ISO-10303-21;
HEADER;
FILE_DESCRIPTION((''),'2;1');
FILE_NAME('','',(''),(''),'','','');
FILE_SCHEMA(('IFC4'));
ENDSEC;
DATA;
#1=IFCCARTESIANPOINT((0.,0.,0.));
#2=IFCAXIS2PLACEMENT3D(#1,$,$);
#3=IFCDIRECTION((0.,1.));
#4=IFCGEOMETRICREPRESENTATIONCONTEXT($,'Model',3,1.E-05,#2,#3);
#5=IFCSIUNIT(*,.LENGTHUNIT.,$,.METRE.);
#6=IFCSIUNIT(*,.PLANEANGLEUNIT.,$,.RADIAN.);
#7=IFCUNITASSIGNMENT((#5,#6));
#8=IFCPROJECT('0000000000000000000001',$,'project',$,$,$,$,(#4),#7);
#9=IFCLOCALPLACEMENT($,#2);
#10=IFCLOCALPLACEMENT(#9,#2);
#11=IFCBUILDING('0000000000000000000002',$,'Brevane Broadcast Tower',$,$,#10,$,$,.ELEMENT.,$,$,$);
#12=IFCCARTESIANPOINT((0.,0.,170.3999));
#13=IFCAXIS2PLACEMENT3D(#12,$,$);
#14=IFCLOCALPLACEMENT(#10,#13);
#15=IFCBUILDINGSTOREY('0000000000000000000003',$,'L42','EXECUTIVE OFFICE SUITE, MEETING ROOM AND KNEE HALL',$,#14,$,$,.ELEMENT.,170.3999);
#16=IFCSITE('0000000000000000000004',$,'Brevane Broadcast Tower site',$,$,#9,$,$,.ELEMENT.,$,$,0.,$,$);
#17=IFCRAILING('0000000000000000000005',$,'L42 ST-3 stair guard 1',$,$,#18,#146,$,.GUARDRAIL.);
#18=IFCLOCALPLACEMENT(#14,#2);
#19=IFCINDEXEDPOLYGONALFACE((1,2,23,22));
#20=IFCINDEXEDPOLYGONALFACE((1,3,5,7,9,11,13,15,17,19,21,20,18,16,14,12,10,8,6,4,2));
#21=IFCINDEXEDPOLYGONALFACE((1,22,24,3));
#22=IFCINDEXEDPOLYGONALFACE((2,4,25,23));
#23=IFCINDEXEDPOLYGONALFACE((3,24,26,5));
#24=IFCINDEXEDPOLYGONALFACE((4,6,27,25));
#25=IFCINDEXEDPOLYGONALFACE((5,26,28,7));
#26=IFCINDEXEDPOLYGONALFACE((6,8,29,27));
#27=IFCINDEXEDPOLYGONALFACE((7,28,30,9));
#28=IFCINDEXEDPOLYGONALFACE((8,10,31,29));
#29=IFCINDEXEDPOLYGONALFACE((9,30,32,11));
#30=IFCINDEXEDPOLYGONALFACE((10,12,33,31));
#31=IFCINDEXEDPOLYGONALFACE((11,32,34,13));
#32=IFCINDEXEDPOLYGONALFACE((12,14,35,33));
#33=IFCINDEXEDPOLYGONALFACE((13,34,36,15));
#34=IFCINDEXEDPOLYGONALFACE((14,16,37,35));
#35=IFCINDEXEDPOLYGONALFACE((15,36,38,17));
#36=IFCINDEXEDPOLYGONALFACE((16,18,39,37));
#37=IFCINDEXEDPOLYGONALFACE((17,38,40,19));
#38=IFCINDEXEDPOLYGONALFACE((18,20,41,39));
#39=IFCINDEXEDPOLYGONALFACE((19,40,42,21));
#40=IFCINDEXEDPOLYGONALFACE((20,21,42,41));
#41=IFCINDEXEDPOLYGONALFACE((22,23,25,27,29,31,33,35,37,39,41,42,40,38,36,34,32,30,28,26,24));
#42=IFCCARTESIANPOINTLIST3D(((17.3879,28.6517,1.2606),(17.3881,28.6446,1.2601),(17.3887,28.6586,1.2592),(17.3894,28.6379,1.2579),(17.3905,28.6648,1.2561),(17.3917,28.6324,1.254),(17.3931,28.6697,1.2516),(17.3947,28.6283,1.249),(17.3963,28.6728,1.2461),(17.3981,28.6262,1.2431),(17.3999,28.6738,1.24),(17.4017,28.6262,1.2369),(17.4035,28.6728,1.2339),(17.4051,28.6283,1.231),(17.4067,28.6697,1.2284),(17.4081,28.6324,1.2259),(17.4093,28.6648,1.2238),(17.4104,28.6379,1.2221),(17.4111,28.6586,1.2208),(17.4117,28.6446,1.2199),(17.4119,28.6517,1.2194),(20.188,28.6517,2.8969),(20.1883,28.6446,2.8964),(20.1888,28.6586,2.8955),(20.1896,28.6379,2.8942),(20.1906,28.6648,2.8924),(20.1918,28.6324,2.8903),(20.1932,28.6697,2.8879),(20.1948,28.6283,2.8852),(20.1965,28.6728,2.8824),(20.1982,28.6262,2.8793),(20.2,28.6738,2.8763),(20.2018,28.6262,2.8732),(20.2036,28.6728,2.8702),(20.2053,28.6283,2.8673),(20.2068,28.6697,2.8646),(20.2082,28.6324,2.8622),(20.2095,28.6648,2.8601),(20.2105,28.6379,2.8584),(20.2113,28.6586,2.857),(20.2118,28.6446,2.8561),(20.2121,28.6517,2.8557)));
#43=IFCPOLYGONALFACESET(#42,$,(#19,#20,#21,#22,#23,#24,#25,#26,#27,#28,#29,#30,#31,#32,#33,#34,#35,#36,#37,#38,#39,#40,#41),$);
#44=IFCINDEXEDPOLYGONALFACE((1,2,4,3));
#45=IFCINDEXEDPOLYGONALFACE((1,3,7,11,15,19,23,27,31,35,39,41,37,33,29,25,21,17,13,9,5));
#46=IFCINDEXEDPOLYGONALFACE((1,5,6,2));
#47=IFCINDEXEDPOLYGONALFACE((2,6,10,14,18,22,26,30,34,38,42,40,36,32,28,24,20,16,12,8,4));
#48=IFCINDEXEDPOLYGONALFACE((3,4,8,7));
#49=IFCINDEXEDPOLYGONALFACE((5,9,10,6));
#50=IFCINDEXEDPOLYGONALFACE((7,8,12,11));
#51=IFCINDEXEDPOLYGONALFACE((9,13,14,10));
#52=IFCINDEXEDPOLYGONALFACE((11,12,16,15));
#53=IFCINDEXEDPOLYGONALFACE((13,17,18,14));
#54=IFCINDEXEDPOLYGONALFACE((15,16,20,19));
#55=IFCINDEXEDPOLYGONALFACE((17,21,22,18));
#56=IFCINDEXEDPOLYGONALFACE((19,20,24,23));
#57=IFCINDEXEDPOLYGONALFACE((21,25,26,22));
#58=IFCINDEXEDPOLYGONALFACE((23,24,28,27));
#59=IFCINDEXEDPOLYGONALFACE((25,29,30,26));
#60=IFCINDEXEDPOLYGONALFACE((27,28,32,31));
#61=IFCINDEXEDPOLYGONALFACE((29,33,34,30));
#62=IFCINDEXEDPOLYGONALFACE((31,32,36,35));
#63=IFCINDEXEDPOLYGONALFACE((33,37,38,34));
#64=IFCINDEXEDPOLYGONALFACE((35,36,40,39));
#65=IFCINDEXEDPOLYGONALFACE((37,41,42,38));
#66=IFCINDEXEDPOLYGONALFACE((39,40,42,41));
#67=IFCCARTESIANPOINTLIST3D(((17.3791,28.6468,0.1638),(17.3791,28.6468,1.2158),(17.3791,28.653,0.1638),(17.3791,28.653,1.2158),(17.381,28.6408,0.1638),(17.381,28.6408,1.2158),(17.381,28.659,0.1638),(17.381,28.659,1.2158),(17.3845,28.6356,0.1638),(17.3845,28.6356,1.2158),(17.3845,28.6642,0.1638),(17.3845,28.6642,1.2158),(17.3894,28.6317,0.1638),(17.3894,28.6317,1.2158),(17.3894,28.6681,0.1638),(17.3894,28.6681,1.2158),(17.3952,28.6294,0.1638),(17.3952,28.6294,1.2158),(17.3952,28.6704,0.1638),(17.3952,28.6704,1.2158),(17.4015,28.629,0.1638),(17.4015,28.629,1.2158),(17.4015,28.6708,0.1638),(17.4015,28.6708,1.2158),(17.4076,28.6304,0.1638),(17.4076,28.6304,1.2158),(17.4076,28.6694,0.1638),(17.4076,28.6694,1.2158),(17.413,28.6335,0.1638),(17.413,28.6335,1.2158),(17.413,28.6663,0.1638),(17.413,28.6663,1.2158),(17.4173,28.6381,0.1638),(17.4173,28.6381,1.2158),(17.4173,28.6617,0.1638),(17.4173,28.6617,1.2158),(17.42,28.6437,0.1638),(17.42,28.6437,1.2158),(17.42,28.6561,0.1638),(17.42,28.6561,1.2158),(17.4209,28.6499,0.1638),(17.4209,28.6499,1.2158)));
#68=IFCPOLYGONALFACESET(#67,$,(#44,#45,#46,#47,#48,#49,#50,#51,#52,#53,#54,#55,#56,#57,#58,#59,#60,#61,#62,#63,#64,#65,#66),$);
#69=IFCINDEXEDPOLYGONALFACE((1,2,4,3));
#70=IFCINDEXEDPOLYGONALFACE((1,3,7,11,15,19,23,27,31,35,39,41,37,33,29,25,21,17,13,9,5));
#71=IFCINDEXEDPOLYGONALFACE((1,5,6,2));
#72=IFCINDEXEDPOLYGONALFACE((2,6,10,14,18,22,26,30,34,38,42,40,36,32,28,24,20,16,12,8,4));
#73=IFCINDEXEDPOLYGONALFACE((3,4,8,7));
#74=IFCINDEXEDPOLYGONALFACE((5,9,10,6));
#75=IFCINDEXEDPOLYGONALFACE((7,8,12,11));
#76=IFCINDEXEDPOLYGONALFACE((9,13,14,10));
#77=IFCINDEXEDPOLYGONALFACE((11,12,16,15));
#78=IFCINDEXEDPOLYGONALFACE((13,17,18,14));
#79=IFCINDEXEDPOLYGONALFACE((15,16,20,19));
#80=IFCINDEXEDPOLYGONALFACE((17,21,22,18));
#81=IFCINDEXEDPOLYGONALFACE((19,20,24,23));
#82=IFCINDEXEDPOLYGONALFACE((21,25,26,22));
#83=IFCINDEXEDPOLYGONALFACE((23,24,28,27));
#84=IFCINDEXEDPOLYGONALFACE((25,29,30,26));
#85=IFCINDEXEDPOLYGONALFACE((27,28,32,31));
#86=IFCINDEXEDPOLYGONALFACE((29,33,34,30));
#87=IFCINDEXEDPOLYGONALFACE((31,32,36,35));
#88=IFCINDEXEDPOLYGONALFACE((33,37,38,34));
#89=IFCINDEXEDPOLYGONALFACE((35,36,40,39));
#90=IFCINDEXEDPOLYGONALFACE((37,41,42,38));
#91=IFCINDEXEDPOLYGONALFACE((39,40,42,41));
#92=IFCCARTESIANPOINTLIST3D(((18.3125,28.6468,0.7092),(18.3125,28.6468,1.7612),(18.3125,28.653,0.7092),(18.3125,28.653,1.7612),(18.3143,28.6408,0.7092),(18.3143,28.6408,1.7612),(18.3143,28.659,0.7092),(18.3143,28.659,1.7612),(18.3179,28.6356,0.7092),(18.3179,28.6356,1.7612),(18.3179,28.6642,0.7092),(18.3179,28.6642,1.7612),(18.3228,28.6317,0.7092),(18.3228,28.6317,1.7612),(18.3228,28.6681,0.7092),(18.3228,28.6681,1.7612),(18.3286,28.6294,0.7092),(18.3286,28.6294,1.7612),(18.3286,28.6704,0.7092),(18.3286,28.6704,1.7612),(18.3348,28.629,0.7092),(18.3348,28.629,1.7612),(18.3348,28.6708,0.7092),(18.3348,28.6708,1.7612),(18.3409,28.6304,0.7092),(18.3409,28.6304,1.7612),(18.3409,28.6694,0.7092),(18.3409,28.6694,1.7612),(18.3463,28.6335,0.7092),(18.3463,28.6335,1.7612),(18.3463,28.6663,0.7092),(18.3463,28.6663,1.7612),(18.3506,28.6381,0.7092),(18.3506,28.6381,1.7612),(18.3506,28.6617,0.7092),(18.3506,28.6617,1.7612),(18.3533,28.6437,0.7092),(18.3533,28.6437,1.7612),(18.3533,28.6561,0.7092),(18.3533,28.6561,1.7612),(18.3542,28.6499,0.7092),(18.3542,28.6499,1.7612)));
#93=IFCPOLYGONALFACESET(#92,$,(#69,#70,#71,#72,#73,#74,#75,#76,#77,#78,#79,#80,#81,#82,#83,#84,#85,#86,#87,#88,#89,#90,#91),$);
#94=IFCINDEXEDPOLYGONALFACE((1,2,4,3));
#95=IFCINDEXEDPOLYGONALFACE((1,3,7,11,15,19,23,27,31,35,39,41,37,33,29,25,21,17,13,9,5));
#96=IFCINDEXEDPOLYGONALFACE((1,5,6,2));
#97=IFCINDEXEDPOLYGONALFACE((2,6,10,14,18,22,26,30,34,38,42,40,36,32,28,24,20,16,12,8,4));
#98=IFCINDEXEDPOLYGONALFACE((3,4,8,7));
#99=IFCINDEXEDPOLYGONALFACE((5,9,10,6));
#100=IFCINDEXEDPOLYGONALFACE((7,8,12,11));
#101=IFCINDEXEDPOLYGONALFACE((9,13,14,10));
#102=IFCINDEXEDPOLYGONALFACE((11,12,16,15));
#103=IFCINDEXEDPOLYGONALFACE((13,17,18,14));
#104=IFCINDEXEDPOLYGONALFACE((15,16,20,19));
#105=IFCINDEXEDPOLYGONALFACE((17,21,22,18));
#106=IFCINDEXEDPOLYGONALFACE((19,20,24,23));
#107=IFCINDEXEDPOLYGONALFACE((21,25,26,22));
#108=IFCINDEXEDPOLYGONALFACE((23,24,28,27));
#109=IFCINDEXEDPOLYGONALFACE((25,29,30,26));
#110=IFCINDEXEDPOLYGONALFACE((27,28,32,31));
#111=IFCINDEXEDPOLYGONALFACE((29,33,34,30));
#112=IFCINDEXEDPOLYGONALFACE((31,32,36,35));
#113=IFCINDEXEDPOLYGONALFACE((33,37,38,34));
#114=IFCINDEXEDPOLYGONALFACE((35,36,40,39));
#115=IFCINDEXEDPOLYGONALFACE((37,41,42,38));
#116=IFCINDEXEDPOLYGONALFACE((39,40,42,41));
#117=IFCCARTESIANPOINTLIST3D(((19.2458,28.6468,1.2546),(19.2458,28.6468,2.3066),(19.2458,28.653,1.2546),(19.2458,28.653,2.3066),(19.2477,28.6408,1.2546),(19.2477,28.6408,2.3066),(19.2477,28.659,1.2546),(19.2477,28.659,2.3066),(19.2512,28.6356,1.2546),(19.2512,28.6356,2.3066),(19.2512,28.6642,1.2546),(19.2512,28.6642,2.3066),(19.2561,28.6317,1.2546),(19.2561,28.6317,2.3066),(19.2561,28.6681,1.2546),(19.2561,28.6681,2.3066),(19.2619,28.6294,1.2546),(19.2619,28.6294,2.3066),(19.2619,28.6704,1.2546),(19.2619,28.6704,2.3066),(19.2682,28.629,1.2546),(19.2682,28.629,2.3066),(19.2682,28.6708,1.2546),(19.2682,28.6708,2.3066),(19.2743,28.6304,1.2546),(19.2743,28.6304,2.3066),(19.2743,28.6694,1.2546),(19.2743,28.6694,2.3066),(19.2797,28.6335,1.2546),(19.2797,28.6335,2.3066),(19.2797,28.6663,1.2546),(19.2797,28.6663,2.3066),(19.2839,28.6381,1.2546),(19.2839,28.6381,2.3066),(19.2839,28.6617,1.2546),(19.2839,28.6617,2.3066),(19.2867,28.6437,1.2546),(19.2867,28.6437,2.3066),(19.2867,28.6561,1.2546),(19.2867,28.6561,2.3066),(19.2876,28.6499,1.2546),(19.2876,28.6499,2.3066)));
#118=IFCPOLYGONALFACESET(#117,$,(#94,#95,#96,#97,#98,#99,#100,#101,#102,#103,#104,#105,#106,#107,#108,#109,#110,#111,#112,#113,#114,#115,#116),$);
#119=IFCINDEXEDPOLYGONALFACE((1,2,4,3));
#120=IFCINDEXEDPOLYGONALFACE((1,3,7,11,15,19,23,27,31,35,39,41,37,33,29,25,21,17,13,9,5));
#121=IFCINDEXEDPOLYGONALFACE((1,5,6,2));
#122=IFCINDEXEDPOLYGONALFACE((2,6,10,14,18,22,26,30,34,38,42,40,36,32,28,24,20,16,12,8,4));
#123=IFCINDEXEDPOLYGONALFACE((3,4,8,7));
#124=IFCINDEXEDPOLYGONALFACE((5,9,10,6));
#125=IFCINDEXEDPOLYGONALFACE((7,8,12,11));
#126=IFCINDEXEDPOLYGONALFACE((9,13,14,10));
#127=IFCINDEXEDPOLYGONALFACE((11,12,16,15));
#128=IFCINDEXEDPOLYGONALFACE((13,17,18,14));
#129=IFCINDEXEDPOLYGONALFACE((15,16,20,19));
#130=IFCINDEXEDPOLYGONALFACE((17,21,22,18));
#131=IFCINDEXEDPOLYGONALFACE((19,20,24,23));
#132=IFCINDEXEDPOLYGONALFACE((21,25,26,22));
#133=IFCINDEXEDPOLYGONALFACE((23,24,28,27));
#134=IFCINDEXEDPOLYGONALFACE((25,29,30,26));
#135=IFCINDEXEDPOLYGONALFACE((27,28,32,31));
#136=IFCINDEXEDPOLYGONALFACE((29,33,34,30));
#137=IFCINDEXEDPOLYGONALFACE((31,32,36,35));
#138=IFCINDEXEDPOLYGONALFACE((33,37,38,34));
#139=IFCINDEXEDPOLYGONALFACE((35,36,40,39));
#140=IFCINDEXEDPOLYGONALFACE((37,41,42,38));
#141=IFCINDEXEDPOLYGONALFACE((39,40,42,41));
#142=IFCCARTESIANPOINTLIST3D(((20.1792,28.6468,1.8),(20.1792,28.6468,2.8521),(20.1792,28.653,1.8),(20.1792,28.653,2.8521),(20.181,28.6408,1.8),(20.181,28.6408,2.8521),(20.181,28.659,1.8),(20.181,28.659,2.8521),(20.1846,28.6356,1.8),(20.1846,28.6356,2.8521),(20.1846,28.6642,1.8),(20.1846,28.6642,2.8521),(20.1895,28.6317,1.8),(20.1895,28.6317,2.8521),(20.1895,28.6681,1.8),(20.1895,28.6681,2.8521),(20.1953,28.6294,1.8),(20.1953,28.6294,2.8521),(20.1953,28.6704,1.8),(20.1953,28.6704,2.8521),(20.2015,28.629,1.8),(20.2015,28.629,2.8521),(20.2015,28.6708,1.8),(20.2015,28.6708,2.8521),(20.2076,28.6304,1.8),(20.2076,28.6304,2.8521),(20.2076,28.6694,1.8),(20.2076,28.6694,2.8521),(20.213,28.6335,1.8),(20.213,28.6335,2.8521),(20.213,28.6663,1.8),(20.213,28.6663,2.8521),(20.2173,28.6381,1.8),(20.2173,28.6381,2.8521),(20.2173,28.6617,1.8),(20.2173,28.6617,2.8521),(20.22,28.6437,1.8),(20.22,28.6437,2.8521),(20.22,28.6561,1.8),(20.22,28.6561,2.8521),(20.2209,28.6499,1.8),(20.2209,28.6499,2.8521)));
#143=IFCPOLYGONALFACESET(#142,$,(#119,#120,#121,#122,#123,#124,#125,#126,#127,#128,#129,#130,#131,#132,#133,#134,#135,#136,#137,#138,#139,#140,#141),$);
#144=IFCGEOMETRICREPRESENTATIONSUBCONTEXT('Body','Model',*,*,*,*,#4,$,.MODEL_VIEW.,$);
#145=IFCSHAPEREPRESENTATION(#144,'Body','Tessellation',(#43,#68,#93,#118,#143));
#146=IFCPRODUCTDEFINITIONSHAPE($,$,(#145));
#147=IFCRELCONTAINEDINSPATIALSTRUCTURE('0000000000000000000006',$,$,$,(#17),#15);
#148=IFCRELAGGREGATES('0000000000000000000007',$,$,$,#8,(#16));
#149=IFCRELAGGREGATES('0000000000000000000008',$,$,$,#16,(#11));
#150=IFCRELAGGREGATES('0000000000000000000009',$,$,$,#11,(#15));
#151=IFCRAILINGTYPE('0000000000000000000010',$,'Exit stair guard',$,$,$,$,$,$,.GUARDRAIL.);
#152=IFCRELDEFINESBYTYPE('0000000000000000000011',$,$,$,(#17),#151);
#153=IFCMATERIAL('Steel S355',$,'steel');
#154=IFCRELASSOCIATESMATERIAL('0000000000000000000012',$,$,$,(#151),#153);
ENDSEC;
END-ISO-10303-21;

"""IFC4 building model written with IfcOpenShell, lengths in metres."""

from ifc_helpers import new_model, si_unit, direction, frame, origin, origin_2d, place, context, subcontext, project, spatial, circle, extrude, material, type_object, element, save


model = new_model("IFC4")

# Units and contexts
model_context = context("Model", 3, precision=1e-05, world=origin(), true_north=direction((0.0, 1.0)))
body_context = subcontext(model_context, "Body", "Model", "MODEL_VIEW")
ifc_project = project(units=[si_unit("LENGTHUNIT", "METRE"), si_unit("PLANEANGLEUNIT", "RADIAN")], contexts=[model_context])

# Site, building, storey
site_placement = place(None, origin())
site = spatial("IfcSite", under=ifc_project, at=site_placement, Name="Brevane Broadcast Tower site", CompositionType="ELEMENT", RefElevation=0.0)
building_placement = place(site_placement, origin())
building = spatial("IfcBuilding", under=site, at=building_placement, Name="Brevane Broadcast Tower", CompositionType="ELEMENT")
storey_placement = place(building_placement, frame((0.0, 0.0, 170.3999)))
storey = spatial("IfcBuildingStorey", under=building, at=storey_placement, Name="L42", Description="EXECUTIVE OFFICE SUITE, MEETING ROOM AND KNEE HALL", CompositionType="ELEMENT", Elevation=170.3999)

# Railing
ifc_material_1 = material(Name="Steel S355", Category="steel")
railing_type_1 = type_object("IfcRailingType", Name="Exit stair guard", PredefinedType="GUARDRAIL", material=ifc_material_1)
railing_1_placement = place(storey_placement, frame((17.3999, 28.6499, 0.1638)))
element("IfcRailing", 1, at=railing_1_placement, inside=storey, type_object=railing_type_1, Name="L42 ST-3 stair guard 1", PredefinedType="GUARDRAIL", context=body_context, shape_type="SweptSolid", body=[
    extrude(circle(Radius=0.0239, at=origin_2d()), frame((0.0, 0.0, 1.0762), z_axis=(0.863394, 0.0, 0.504531), x_axis=(0.0, 1.0, 0.0)), (0.0, 0.0, 1.0), 3.2432),
    extrude(circle(Radius=0.021, at=origin_2d()), origin(), (0.0, 0.0, 1.0), 1.052),
    extrude(circle(Radius=0.021, at=origin_2d()), frame((0.9333, 0.0, 0.5454)), (0.0, 0.0, 1.0), 1.052),
    extrude(circle(Radius=0.021, at=origin_2d()), frame((1.8667, 0.0, 1.0908)), (0.0, 0.0, 1.0), 1.052),
    extrude(circle(Radius=0.021, at=origin_2d()), frame((2.8, 0.0, 1.6362)), (0.0, 0.0, 1.0), 1.052),
])

save(model, "model.ifc")
